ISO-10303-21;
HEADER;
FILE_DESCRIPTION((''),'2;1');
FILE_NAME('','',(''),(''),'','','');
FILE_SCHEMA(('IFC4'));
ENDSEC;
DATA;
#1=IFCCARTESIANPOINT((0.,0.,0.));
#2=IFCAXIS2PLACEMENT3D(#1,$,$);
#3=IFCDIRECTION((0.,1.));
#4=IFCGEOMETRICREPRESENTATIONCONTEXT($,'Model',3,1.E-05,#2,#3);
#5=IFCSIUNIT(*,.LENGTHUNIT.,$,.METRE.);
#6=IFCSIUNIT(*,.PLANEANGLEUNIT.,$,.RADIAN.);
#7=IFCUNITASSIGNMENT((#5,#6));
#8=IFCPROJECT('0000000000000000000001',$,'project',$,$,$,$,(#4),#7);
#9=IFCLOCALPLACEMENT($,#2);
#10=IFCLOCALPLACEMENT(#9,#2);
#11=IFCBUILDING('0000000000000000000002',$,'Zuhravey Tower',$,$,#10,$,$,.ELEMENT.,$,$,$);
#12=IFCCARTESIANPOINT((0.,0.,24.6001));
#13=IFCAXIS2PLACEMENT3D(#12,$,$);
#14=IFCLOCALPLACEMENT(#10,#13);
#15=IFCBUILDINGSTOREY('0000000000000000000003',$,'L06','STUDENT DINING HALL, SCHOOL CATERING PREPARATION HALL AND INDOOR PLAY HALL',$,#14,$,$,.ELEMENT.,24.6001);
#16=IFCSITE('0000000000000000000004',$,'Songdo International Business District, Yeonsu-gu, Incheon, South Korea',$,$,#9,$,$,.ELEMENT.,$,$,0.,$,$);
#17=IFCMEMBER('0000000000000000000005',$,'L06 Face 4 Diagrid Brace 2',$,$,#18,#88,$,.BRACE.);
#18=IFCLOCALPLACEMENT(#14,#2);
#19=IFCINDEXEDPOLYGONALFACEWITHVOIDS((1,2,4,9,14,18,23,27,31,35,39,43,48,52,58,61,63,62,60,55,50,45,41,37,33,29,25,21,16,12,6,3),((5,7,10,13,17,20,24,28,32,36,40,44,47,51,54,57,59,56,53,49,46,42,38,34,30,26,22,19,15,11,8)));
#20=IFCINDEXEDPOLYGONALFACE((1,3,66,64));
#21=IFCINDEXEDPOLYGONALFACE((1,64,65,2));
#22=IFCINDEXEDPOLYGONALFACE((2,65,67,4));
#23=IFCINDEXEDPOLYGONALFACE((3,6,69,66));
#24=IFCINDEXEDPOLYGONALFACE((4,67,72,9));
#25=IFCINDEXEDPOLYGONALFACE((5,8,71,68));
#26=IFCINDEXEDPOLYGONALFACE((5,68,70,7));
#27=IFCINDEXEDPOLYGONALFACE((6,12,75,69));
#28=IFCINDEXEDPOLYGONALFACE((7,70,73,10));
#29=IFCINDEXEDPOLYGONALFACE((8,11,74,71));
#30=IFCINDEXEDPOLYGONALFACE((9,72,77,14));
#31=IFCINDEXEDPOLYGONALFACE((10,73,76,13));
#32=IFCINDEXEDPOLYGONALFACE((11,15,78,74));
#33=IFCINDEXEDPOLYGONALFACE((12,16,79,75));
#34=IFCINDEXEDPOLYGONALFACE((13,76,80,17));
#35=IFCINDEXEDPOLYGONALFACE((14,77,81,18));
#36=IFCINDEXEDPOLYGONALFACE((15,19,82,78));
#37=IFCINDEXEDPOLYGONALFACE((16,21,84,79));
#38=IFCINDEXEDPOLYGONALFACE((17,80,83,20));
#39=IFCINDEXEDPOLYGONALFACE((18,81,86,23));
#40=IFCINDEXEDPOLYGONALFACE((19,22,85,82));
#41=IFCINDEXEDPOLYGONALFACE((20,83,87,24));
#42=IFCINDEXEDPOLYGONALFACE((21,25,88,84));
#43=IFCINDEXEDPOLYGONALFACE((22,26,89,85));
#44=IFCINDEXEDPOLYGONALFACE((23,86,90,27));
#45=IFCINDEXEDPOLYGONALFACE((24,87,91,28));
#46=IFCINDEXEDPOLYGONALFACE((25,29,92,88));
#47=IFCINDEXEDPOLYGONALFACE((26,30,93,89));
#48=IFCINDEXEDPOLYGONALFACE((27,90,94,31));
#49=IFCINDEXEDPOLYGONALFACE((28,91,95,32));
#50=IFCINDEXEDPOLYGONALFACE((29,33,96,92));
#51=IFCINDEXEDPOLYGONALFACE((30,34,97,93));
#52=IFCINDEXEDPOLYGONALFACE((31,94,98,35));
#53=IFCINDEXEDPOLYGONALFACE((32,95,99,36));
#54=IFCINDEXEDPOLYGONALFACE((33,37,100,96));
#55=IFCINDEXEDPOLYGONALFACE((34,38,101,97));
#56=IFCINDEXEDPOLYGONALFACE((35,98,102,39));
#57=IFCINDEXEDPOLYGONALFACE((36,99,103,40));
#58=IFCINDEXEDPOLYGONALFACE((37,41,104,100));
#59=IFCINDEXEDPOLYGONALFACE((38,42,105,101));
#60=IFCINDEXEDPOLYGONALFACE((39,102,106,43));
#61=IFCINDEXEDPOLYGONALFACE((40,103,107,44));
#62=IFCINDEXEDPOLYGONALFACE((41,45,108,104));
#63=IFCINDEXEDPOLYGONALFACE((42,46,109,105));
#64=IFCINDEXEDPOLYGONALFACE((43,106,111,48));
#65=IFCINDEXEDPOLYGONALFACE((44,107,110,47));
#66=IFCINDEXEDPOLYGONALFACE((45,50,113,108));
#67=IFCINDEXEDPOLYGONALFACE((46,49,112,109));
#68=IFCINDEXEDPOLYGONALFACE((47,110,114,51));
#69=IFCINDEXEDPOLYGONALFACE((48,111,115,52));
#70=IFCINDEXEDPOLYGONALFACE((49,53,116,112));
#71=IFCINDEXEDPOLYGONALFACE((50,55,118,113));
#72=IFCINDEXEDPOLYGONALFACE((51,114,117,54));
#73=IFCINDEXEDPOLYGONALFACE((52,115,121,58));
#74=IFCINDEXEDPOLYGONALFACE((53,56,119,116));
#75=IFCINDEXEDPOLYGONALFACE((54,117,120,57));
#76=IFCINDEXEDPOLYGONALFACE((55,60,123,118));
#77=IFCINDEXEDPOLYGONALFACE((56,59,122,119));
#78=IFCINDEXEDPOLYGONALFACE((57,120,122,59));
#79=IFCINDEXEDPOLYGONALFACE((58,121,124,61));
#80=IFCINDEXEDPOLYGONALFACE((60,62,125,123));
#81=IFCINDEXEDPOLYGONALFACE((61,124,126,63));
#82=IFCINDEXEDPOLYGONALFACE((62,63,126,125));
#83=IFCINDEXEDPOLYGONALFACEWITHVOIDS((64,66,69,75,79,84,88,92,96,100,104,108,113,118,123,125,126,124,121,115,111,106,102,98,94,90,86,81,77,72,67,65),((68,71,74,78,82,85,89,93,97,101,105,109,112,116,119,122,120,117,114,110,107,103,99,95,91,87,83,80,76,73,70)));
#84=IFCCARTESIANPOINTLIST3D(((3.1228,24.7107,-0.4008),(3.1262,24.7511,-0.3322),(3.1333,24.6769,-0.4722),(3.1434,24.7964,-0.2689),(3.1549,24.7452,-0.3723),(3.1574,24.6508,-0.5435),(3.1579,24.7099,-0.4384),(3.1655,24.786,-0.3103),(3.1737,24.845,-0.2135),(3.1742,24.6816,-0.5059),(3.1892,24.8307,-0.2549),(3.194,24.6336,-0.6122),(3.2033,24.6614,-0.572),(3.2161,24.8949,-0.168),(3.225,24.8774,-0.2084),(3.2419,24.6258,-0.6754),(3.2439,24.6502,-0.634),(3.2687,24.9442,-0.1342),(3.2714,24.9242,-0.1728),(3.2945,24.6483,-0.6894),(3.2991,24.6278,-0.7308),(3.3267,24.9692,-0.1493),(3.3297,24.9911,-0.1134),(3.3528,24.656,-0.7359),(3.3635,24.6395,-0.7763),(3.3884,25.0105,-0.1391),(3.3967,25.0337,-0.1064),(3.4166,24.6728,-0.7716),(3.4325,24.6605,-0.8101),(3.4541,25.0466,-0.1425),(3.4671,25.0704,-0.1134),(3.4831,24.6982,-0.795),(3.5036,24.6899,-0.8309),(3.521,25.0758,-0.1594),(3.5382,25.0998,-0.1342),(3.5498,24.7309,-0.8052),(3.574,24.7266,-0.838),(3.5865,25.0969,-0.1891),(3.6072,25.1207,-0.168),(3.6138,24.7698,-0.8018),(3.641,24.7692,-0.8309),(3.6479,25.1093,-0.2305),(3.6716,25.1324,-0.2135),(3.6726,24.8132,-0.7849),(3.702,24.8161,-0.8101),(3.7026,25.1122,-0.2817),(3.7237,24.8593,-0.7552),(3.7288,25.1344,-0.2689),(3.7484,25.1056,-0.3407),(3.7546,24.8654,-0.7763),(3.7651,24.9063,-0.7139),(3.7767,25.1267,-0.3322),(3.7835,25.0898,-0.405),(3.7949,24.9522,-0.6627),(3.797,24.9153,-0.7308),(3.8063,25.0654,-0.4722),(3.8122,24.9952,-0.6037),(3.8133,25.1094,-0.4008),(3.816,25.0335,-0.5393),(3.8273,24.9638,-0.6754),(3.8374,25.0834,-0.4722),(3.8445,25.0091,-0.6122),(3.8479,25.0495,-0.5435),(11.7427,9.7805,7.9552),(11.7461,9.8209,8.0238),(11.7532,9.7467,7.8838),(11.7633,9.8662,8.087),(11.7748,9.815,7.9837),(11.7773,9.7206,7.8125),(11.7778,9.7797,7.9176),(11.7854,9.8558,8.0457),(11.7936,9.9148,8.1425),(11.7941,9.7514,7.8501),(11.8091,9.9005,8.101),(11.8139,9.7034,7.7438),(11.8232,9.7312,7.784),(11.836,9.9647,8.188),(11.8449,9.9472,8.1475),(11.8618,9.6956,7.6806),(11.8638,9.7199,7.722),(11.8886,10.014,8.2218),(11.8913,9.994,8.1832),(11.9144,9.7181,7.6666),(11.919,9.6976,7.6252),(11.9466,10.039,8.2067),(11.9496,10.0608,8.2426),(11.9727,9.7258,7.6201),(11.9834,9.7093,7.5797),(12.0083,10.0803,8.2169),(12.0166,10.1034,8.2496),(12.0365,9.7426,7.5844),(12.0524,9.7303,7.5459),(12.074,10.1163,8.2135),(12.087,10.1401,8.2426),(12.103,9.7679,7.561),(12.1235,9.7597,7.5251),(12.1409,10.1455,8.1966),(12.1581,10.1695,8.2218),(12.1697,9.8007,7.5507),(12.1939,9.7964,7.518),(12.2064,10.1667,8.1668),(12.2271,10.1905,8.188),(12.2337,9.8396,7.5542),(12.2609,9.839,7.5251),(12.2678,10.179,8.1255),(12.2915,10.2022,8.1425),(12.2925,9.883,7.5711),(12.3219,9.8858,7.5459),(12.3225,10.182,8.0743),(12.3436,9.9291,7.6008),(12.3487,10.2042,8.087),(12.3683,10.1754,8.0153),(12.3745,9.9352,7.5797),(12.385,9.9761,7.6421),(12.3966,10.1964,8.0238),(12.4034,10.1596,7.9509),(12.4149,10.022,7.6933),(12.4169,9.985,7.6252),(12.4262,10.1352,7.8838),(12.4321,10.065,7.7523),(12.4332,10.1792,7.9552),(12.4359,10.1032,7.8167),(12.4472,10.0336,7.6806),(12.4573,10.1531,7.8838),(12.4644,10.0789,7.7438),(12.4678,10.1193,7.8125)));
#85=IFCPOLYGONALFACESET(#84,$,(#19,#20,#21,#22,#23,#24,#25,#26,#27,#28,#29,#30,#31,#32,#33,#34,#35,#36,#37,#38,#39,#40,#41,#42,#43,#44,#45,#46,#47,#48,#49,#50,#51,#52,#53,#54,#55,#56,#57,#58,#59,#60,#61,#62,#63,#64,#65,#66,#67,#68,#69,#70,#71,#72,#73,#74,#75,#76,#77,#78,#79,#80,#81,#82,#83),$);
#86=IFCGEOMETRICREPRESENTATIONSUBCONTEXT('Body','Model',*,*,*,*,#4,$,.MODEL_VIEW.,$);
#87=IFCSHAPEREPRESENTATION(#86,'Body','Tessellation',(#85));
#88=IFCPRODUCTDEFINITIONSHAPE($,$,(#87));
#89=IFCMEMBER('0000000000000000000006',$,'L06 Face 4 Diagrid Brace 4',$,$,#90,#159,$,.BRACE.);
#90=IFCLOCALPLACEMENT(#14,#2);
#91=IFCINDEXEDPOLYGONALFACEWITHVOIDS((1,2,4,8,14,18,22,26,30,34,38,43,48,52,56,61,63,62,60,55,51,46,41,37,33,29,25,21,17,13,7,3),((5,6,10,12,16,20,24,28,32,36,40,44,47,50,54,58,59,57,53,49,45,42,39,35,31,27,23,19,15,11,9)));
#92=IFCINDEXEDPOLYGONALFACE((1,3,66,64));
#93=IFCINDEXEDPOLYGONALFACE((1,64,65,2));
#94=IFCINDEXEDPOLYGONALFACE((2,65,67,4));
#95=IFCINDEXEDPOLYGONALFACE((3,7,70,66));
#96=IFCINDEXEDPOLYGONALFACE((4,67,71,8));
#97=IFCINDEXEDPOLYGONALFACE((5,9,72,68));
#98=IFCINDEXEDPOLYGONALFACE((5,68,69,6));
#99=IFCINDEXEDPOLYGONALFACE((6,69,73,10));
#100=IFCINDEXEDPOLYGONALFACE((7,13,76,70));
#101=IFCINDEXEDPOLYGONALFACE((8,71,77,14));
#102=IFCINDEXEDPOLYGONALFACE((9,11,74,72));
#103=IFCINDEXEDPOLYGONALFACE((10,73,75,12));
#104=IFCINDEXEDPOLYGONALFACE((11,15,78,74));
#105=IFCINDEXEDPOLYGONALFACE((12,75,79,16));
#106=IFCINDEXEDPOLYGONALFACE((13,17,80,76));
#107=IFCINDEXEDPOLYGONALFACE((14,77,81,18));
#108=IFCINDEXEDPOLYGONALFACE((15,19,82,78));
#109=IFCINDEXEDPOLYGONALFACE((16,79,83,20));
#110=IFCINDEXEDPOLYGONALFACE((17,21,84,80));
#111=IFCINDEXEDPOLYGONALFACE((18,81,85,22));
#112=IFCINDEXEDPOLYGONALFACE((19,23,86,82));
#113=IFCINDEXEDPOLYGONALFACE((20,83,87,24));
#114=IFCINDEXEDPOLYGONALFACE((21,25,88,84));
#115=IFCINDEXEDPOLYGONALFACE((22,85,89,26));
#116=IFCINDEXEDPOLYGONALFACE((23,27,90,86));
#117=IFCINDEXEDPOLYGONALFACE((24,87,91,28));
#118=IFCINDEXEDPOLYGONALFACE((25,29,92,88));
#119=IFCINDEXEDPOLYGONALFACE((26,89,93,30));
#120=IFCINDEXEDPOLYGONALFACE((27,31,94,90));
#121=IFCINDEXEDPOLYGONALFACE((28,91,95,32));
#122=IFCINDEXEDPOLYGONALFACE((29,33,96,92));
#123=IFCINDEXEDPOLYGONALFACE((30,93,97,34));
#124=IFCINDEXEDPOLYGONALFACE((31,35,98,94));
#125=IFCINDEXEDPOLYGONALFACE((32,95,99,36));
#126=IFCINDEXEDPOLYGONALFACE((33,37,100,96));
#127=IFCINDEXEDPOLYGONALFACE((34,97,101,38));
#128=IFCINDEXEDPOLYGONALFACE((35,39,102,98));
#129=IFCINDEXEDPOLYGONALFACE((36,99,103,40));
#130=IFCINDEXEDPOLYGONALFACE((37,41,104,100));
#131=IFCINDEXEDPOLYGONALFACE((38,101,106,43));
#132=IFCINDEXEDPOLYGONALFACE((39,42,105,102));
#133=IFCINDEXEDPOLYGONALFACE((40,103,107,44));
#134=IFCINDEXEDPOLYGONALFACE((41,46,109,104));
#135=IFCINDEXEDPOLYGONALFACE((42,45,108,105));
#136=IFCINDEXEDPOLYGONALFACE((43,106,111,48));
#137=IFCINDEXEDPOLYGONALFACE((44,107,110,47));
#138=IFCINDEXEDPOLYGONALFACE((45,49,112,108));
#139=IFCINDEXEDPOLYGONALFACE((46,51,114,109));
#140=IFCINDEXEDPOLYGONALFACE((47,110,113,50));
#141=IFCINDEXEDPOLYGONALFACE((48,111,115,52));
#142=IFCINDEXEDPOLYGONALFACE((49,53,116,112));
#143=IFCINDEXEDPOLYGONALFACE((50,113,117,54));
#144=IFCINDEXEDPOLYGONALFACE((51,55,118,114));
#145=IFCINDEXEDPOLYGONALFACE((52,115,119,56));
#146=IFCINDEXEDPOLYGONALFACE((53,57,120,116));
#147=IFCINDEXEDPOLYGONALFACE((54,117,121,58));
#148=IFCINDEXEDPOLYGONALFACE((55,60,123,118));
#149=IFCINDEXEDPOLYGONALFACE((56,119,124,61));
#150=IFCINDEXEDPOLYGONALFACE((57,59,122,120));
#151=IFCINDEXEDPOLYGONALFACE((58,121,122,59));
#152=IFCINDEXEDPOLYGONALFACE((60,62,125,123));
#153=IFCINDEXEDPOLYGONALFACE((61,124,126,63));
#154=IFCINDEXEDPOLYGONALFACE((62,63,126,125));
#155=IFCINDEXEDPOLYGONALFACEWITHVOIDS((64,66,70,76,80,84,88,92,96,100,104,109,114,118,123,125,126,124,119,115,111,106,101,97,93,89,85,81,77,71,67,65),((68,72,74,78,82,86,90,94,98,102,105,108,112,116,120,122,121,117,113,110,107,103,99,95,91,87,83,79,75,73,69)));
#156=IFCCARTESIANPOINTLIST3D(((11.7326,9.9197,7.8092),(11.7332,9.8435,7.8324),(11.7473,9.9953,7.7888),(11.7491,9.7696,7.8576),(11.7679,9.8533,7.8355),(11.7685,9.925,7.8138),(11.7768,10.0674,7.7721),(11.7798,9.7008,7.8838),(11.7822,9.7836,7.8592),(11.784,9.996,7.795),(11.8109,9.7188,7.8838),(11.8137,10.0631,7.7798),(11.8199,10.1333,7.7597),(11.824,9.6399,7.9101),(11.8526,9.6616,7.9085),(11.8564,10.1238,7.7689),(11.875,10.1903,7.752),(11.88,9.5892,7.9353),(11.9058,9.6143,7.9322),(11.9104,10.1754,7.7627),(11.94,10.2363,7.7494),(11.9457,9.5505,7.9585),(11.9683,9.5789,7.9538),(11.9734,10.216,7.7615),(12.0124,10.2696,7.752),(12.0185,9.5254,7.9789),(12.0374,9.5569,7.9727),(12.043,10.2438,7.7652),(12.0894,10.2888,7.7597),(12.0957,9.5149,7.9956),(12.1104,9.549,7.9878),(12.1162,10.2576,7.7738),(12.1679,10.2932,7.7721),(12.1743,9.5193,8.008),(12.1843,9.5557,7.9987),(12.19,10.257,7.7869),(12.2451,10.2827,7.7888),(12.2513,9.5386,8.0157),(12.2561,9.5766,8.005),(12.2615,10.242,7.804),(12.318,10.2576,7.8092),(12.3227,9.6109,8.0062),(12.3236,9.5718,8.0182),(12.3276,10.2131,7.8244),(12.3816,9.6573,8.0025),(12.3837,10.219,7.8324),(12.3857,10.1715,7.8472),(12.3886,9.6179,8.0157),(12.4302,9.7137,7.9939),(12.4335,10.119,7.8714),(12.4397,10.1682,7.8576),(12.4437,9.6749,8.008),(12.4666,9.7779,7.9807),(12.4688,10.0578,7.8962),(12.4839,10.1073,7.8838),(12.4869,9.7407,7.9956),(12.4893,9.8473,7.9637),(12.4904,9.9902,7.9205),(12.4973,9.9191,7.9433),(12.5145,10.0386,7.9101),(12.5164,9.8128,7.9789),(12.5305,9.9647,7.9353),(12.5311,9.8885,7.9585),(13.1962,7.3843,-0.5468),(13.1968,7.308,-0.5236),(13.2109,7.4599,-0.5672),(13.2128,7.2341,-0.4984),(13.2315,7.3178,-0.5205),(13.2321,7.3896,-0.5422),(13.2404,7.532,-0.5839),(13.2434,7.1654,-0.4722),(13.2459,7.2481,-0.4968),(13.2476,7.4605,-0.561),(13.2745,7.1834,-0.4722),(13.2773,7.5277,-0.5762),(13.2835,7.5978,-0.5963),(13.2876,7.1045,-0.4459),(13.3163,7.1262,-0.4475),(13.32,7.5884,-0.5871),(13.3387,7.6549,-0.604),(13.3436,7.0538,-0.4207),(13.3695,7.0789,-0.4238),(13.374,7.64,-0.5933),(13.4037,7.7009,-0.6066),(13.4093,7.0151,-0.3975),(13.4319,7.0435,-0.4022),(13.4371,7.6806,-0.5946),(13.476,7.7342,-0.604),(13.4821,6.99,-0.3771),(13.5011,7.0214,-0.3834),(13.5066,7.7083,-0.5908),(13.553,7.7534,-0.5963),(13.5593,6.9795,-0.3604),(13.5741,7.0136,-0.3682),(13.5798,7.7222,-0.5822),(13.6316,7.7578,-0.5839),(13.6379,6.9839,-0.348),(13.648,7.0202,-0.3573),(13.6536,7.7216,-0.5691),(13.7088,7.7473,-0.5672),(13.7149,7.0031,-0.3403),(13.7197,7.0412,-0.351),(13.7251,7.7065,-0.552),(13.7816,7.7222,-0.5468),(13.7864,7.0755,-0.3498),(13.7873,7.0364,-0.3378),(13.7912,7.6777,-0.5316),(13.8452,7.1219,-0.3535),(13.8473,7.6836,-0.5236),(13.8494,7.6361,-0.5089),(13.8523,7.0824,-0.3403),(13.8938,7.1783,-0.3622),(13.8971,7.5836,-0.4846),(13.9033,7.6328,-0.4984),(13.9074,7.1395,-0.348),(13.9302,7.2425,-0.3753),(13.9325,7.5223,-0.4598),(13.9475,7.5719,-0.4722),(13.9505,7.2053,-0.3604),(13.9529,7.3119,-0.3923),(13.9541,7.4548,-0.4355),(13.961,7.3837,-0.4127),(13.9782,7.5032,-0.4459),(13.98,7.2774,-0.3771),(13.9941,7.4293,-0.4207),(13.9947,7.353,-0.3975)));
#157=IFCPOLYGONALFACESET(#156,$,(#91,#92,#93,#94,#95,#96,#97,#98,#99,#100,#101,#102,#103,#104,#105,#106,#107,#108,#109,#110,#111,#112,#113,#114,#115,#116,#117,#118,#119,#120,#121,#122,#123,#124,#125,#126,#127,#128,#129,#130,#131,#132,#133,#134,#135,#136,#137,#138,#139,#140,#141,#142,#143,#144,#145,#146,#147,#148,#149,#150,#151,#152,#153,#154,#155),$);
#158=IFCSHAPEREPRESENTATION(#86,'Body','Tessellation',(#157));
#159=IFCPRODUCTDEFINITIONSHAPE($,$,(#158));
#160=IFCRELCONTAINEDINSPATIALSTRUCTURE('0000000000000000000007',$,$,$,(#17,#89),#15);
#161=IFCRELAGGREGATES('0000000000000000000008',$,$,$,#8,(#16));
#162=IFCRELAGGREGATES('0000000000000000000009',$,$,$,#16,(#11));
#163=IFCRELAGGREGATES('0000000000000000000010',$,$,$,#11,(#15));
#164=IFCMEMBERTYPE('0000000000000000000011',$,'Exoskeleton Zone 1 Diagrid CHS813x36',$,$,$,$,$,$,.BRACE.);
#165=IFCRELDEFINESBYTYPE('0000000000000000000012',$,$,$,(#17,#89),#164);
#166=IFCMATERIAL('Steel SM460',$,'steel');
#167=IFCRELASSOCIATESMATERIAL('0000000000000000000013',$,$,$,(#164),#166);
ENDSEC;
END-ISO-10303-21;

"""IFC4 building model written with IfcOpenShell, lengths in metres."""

from ifc_helpers import new_model, si_unit, direction, frame, origin, origin_2d, place, context, subcontext, project, spatial, hollow_circle, extrude, material, material_profile, profile_set, type_object, element, save


model = new_model("IFC4")

# Units and contexts
model_context = context("Model", 3, precision=1e-05, world=origin(), true_north=direction((0.0, 1.0)))
body_context = subcontext(model_context, "Body", "Model", "MODEL_VIEW")
ifc_project = project(units=[si_unit("LENGTHUNIT", "METRE"), si_unit("PLANEANGLEUNIT", "RADIAN")], contexts=[model_context])

# Site, building, storey
site_placement = place(None, origin())
site = spatial("IfcSite", under=ifc_project, at=site_placement, Name="Songdo International Business District, Yeonsu-gu, Incheon, South Korea", CompositionType="ELEMENT", RefElevation=0.0)
building_placement = place(site_placement, origin())
building = spatial("IfcBuilding", under=site, at=building_placement, Name="Zuhravey Tower", CompositionType="ELEMENT")
storey_placement = place(building_placement, frame((0.0, 0.0, 24.6001)))
storey = spatial("IfcBuildingStorey", under=building, at=storey_placement, Name="L06", Description="STUDENT DINING HALL, SCHOOL CATERING PREPARATION HALL AND INDOOR PLAY HALL", CompositionType="ELEMENT", Elevation=24.6001)

# Members
ifc_material_1 = material(Name="Steel SM460", Category="steel")
ifc_material_profile_1 = material_profile(ifc_material_1, hollow_circle(Radius=0.4065, WallThickness=0.0359, at=origin_2d()), Name="CHS-812.8x36")
ifc_profile_set_1 = profile_set([ifc_material_profile_1], Name="Steel SM460")
member_type_1 = type_object("IfcMemberType", Name="Exoskeleton Zone 1 Diagrid CHS813x36", PredefinedType="BRACE", material=ifc_profile_set_1)
member_1_placement = place(storey_placement, frame((3.4854, 24.8801, -0.4722), z_axis=(0.449933, -0.779312, 0.436157), x_axis=(0.866027, 0.499997, 0.0)))
element("IfcMember", 1, at=member_1_placement, inside=storey, type_object=member_type_1, Name="L06 Face 4 Diagrid Brace 2", PredefinedType="BRACE", context=body_context, shape_type="SweptSolid", body=[
    extrude(hollow_circle(Radius=0.4065, WallThickness=0.0359, at=origin_2d()), origin(), (0.0, 0.0, 1.0), 19.1582),
])
member_2_placement = place(storey_placement, frame((13.5955, 7.3687, -0.4722), z_axis=(-0.165307, 0.286358, 0.943755), x_axis=(-0.866054, -0.499951, 0.0)))
element("IfcMember", 2, at=member_2_placement, inside=storey, type_object=member_type_1, Name="L06 Face 4 Diagrid Brace 4", PredefinedType="BRACE", context=body_context, shape_type="SweptSolid", body=[
    extrude(hollow_circle(Radius=0.4065, WallThickness=0.0359, at=origin_2d()), origin(), (0.0, 0.0, 1.0), 8.854),
])

save(model, "model.ifc")
